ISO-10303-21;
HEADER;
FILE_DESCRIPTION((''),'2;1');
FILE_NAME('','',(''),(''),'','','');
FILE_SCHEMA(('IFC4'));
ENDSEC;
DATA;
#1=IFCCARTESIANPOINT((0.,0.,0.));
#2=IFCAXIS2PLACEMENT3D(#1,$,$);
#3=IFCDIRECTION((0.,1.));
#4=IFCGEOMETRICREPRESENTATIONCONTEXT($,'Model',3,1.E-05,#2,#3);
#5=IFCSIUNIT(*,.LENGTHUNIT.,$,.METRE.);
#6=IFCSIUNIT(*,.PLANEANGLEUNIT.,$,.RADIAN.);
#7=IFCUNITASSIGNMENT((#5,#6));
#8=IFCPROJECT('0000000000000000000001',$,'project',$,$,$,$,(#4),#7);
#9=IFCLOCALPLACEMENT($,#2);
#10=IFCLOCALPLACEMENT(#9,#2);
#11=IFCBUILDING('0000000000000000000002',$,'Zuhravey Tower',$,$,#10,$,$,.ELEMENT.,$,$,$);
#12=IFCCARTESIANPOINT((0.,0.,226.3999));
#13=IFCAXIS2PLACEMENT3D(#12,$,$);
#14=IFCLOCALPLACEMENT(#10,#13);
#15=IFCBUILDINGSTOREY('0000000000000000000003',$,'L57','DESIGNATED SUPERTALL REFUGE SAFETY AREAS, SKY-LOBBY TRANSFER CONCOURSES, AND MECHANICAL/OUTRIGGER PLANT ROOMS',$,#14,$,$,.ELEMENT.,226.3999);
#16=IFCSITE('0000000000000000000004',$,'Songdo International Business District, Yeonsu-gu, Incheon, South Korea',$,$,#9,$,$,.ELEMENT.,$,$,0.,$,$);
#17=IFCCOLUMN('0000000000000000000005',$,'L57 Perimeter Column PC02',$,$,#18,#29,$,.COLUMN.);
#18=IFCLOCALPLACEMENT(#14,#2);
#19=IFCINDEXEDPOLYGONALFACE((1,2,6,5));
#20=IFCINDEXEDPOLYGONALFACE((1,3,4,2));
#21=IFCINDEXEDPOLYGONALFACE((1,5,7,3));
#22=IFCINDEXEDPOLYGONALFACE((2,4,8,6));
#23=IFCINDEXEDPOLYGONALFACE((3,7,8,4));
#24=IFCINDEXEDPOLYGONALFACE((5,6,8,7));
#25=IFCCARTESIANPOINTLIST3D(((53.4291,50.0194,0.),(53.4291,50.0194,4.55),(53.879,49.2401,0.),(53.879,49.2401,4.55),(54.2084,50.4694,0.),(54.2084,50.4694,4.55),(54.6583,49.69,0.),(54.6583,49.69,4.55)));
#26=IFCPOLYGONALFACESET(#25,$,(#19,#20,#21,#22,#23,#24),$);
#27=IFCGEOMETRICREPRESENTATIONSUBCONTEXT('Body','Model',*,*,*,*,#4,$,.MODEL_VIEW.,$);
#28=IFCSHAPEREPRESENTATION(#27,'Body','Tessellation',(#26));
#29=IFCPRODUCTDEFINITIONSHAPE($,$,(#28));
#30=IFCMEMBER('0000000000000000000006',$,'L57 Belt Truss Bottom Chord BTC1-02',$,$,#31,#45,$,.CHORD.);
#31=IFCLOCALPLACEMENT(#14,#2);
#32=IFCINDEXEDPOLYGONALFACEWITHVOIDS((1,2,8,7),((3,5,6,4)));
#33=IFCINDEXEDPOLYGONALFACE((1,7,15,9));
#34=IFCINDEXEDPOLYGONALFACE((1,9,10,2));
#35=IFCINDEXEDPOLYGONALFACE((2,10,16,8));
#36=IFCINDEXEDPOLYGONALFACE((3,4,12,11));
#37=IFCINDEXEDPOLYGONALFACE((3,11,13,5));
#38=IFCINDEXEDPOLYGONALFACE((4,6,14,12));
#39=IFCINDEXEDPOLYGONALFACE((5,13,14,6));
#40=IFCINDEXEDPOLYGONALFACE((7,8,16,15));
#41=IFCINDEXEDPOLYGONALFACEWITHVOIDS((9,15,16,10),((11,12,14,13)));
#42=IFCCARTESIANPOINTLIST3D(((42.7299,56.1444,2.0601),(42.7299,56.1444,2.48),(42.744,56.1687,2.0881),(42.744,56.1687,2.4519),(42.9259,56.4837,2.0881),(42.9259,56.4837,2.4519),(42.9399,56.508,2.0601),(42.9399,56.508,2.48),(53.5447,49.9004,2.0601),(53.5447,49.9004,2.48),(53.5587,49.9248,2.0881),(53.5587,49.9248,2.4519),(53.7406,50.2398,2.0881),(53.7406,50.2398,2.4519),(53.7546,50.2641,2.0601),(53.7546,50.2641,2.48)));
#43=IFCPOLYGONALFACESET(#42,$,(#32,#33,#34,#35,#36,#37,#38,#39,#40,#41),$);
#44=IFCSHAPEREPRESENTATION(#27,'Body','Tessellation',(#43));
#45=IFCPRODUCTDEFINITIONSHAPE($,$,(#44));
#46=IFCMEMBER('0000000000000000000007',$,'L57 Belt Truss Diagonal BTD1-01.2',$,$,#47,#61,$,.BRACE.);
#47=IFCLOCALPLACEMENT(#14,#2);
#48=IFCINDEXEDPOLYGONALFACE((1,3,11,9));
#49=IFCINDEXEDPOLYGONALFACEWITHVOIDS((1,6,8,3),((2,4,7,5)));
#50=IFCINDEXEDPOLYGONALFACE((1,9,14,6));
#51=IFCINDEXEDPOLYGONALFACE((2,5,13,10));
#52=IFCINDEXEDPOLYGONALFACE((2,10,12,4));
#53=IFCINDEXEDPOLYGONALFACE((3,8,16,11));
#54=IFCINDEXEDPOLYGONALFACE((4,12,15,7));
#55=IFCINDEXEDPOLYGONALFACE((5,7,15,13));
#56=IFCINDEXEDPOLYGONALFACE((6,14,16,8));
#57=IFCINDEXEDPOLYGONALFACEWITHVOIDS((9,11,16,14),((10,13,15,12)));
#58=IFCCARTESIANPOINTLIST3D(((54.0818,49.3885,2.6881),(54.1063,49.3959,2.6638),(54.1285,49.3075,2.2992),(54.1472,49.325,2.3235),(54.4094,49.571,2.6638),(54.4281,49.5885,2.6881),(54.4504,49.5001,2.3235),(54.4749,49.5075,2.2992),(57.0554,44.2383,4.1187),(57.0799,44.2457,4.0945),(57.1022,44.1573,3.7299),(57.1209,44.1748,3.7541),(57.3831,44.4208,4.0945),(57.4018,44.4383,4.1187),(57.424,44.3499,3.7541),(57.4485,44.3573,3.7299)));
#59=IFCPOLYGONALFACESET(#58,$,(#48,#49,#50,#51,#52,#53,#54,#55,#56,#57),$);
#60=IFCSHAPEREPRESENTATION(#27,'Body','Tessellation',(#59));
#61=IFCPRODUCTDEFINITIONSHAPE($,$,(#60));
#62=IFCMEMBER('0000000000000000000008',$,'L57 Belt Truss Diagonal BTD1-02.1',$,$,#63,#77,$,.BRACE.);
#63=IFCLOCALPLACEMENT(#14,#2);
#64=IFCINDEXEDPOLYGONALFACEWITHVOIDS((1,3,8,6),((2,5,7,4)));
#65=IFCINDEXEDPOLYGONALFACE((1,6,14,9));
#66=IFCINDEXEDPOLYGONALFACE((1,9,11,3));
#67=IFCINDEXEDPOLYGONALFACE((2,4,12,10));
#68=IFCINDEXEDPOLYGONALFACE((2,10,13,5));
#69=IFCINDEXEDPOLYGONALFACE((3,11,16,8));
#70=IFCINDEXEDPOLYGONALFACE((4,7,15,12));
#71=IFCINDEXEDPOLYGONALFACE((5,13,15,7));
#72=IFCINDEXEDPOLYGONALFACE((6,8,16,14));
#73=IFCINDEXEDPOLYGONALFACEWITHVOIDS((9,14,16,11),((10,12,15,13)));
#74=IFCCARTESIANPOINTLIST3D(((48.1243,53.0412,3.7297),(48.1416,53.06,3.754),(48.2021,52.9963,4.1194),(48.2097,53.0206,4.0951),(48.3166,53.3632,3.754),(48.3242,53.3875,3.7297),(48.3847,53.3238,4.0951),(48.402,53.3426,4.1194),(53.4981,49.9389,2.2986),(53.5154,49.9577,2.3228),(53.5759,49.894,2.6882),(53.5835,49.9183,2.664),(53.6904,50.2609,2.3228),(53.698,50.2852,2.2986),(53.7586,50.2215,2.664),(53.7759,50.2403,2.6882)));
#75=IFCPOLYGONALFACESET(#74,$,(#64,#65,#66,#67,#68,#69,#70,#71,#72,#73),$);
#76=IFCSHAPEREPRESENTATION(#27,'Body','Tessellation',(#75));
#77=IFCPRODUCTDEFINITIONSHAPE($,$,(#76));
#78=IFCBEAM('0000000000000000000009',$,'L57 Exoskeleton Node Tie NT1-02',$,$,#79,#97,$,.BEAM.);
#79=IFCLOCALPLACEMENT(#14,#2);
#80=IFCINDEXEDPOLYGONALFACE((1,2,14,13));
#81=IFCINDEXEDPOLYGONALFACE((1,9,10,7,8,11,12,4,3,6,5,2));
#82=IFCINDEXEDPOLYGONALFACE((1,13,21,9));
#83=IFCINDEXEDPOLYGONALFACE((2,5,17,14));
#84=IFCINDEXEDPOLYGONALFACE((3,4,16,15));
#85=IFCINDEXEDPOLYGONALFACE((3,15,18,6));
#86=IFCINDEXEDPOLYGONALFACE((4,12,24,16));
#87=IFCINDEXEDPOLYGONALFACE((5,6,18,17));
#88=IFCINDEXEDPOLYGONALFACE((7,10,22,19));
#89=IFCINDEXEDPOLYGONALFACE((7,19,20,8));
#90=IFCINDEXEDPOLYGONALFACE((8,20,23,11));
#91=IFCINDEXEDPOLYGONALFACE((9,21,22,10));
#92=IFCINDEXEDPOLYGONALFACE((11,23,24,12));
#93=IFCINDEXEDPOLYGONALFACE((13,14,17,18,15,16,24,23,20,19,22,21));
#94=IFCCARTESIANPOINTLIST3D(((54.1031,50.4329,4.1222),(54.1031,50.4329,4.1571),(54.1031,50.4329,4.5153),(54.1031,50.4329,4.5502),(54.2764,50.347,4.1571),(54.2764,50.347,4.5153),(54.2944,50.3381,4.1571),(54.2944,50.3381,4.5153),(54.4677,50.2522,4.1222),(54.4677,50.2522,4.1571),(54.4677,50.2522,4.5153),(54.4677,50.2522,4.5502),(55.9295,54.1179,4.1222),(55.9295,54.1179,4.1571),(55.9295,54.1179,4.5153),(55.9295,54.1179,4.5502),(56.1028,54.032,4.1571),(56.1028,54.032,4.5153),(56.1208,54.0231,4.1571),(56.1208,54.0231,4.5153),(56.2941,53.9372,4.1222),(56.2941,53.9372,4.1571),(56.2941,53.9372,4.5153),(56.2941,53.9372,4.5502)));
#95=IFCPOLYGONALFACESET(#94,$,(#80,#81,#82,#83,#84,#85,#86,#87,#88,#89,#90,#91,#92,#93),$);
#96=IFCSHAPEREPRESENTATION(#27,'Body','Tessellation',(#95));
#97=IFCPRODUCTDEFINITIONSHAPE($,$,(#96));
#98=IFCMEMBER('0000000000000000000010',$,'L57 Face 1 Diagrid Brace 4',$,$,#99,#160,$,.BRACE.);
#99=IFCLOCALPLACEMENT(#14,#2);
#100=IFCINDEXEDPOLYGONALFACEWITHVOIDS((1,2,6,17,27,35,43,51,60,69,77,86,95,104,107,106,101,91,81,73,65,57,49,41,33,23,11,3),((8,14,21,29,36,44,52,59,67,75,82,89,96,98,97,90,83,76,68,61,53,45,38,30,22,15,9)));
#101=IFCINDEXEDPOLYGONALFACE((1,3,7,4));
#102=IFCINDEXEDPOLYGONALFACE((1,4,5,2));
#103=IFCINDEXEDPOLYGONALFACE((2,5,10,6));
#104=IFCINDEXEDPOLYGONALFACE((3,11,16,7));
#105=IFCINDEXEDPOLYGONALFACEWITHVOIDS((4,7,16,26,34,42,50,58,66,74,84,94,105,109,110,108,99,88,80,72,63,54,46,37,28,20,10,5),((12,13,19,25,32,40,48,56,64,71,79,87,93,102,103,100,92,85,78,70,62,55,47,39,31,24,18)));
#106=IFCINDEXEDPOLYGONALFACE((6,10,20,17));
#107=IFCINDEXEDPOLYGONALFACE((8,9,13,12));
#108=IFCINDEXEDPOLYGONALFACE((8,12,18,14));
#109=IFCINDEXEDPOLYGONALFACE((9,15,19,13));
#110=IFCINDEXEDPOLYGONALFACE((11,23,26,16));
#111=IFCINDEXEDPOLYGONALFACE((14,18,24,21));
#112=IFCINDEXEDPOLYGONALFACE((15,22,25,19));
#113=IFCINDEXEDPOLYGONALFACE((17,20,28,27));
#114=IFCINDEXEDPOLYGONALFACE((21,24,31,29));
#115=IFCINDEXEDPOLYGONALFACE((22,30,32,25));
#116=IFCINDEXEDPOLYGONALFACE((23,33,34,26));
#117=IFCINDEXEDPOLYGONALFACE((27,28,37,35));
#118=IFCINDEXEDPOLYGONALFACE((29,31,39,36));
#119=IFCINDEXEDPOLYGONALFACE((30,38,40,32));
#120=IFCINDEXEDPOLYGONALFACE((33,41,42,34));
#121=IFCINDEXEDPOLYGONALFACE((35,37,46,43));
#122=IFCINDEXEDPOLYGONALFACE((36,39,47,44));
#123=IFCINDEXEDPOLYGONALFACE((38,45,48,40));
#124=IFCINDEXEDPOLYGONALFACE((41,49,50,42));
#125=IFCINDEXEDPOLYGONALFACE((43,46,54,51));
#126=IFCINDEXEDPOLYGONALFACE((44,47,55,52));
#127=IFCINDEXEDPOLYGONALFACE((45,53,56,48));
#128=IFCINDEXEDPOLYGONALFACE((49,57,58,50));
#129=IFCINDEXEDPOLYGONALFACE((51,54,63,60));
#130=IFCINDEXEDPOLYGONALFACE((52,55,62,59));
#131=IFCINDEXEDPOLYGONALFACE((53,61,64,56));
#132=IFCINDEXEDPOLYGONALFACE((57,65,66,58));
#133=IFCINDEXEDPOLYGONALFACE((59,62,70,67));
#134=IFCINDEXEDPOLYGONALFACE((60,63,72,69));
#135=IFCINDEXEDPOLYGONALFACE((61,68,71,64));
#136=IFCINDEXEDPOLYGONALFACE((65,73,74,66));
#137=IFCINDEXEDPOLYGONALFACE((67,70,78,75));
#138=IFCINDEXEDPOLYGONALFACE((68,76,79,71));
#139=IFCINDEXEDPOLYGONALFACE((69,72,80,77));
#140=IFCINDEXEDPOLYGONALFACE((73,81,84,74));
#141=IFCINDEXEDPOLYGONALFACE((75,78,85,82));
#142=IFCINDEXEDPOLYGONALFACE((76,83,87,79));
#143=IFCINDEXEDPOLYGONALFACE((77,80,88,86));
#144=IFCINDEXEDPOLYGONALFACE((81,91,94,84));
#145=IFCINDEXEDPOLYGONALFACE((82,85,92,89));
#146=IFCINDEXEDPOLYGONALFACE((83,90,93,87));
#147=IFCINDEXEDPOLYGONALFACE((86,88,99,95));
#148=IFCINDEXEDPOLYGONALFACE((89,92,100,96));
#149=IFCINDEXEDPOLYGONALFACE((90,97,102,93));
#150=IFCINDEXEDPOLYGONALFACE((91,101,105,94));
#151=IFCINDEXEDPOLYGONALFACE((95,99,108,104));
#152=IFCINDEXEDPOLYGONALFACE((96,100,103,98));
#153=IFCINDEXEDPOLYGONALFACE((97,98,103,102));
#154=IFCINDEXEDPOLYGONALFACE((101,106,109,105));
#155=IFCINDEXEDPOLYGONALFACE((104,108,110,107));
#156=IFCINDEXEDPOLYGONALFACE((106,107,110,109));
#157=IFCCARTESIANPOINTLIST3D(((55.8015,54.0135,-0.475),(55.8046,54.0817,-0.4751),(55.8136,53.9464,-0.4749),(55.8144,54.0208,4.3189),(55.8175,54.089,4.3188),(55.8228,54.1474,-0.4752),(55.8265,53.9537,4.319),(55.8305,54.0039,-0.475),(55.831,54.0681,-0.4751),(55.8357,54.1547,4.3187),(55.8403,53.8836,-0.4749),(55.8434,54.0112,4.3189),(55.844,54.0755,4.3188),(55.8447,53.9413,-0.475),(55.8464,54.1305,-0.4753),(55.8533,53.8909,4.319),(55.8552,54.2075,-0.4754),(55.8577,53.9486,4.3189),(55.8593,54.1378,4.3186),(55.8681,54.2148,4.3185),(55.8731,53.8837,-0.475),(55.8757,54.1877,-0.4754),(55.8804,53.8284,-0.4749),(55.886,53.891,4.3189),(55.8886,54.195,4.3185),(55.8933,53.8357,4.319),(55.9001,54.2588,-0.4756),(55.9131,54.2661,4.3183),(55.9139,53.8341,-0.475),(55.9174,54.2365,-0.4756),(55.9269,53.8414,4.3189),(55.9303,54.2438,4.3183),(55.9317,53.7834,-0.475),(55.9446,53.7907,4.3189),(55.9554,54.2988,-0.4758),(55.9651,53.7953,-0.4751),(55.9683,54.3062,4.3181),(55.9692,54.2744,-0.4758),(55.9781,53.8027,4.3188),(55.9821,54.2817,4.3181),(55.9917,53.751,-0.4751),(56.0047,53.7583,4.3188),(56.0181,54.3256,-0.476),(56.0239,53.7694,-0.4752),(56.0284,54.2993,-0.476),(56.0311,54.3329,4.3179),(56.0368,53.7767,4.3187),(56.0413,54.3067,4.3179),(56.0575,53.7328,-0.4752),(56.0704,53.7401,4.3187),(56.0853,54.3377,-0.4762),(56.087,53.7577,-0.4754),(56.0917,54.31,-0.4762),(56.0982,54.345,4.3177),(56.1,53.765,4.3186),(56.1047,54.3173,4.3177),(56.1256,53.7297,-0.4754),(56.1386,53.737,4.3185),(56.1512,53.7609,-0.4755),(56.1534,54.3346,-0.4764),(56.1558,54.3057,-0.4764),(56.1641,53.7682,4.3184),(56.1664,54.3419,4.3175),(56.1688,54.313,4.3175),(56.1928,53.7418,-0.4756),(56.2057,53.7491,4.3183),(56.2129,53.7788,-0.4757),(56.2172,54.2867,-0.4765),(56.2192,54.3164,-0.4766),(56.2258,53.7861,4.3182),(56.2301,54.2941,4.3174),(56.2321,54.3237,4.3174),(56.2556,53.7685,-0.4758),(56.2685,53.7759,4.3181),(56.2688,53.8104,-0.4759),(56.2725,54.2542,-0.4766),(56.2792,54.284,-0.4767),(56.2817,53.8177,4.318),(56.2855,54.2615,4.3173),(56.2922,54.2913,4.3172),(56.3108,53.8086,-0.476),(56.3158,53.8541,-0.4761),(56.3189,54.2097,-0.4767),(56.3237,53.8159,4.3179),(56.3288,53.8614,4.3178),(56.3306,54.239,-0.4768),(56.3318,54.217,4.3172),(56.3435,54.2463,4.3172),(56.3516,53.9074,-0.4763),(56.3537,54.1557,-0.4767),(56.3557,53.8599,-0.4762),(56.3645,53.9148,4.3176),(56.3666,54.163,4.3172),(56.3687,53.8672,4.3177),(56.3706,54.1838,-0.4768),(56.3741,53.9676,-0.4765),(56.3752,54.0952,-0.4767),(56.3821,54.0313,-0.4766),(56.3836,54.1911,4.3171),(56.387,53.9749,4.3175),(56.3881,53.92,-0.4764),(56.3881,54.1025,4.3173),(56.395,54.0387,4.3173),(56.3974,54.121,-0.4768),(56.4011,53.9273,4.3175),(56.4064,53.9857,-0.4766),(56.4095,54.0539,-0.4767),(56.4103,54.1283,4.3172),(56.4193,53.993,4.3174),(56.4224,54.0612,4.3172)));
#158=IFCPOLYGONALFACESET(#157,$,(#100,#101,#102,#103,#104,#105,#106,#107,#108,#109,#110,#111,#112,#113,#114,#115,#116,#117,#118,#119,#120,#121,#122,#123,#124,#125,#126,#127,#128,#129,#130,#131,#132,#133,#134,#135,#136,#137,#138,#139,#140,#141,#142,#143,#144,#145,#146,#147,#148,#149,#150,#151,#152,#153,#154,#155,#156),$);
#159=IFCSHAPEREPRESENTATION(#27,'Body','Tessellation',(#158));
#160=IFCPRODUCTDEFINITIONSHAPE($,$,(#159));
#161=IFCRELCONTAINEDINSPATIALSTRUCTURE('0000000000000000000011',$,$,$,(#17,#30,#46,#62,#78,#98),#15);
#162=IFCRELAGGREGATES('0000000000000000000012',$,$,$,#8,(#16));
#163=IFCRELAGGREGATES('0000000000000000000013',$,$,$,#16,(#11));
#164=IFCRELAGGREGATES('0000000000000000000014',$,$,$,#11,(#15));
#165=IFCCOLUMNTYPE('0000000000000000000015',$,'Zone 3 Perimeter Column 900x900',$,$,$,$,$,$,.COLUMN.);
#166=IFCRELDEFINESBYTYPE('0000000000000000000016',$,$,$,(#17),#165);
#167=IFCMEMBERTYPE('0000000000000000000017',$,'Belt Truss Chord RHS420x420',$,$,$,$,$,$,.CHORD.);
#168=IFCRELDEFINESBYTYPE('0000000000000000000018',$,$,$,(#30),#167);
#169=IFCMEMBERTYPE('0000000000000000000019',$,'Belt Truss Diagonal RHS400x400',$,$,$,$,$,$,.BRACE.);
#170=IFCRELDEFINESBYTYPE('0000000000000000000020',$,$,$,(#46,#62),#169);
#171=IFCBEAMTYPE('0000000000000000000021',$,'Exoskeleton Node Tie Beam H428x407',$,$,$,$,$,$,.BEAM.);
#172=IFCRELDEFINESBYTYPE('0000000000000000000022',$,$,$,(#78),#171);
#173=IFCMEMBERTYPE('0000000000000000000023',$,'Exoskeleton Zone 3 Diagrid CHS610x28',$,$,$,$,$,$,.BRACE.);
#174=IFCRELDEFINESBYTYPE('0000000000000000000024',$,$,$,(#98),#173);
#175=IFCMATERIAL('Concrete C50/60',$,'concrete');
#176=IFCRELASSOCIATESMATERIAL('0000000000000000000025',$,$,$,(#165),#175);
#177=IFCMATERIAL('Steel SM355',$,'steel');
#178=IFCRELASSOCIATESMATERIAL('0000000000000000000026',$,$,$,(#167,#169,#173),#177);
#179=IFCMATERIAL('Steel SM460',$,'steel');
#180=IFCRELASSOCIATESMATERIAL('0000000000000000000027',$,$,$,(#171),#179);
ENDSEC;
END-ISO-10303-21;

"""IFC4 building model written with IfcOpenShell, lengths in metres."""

from ifc_helpers import new_model, si_unit, direction, frame, origin, origin_2d, place, context, subcontext, project, spatial, rectangle, hollow_rectangle, hollow_circle, i_section, extrude, material, material_profile, profile_set, type_object, element, save


model = new_model("IFC4")

# Units and contexts
model_context = context("Model", 3, precision=1e-05, world=origin(), true_north=direction((0.0, 1.0)))
body_context = subcontext(model_context, "Body", "Model", "MODEL_VIEW")
ifc_project = project(units=[si_unit("LENGTHUNIT", "METRE"), si_unit("PLANEANGLEUNIT", "RADIAN")], contexts=[model_context])

# Site, building, storey
site_placement = place(None, origin())
site = spatial("IfcSite", under=ifc_project, at=site_placement, Name="Songdo International Business District, Yeonsu-gu, Incheon, South Korea", CompositionType="ELEMENT", RefElevation=0.0)
building_placement = place(site_placement, origin())
building = spatial("IfcBuilding", under=site, at=building_placement, Name="Zuhravey Tower", CompositionType="ELEMENT")
storey_placement = place(building_placement, frame((0.0, 0.0, 226.3999)))
storey = spatial("IfcBuildingStorey", under=building, at=storey_placement, Name="L57", Description="DESIGNATED SUPERTALL REFUGE SAFETY AREAS, SKY-LOBBY TRANSFER CONCOURSES, AND MECHANICAL/OUTRIGGER PLANT ROOMS", CompositionType="ELEMENT", Elevation=226.3999)

# Column
ifc_material_1 = material(Name="Concrete C50/60", Category="concrete")
ifc_material_profile_1 = material_profile(ifc_material_1, rectangle(XDim=0.8999, YDim=0.8999, at=origin_2d()), Name="RC-900x900")
ifc_profile_set_1 = profile_set([ifc_material_profile_1], Name="Concrete C50/60")
column_type = type_object("IfcColumnType", Name="Zone 3 Perimeter Column 900x900", PredefinedType="COLUMN", material=ifc_profile_set_1)
column_placement = place(storey_placement, frame((54.0437, 49.8547, 0.0), z_axis=(0.0, 0.0, 1.0), x_axis=(-0.5, 0.866025, 0.0)))
element("IfcColumn", 1, at=column_placement, inside=storey, type_object=column_type, Name="L57 Perimeter Column PC02", PredefinedType="COLUMN", context=body_context, shape_type="SweptSolid", body=[
    extrude(rectangle(XDim=0.8999, YDim=0.8999, at=origin_2d()), origin(), (0.0, 0.0, 1.0), 4.55),
])

# Members
ifc_material_2 = material(Name="Steel SM355", Category="steel")
ifc_material_profile_2 = material_profile(ifc_material_2, hollow_rectangle(XDim=0.4199, YDim=0.4199, WallThickness=0.0281, at=origin_2d()), Name="RHS-420x420x28")
ifc_profile_set_2 = profile_set([ifc_material_profile_2], Name="Steel SM355")
member_type_1 = type_object("IfcMemberType", Name="Belt Truss Chord RHS420x420", PredefinedType="CHORD", material=ifc_profile_set_2)
member_1_placement = place(storey_placement, frame((53.6497, 50.0823, 2.27), z_axis=(-0.866024, 0.500002, 0.0), x_axis=(-0.500002, -0.866024, 0.0)))
element("IfcMember", 2, at=member_1_placement, inside=storey, type_object=member_type_1, Name="L57 Belt Truss Bottom Chord BTC1-02", PredefinedType="CHORD", context=body_context, shape_type="SweptSolid", body=[
    extrude(hollow_rectangle(XDim=0.4199, YDim=0.4199, WallThickness=0.0281, at=origin_2d()), origin(), (0.0, 0.0, 1.0), 12.4878),
])
ifc_material_profile_3 = material_profile(ifc_material_2, hollow_rectangle(XDim=0.3999, YDim=0.3999, WallThickness=0.0249, at=origin_2d()), Name="RHS-400x400x25")
ifc_profile_set_3 = profile_set([ifc_material_profile_3], Name="Steel SM355")
member_type_2 = type_object("IfcMemberType", Name="Belt Truss Diagonal RHS400x400", PredefinedType="BRACE", material=ifc_profile_set_3)
member_2_placement = place(storey_placement, frame((54.2783, 49.448, 2.4937), z_axis=(0.486155, -0.841989, 0.233897), x_axis=(0.866011, 0.500025, 0.0)))
element("IfcMember", 3, at=member_2_placement, inside=storey, type_object=member_type_2, Name="L57 Belt Truss Diagonal BTD1-01.2", PredefinedType="BRACE", context=body_context, shape_type="SweptSolid", body=[
    extrude(hollow_rectangle(XDim=0.3999, YDim=0.3999, WallThickness=0.0249, at=origin_2d()), origin(), (0.0, 0.0, 1.0), 6.1167),
])
member_3_placement = place(storey_placement, frame((53.637, 50.0896, 2.4934), z_axis=(-0.843888, 0.487178, 0.224745), x_axis=(-0.499969, -0.866043, 0.0)))
element("IfcMember", 4, at=member_3_placement, inside=storey, type_object=member_type_2, Name="L57 Belt Truss Diagonal BTD1-02.1", PredefinedType="BRACE", context=body_context, shape_type="SweptSolid", body=[
    extrude(hollow_rectangle(XDim=0.3999, YDim=0.3999, WallThickness=0.0249, at=origin_2d()), origin(), (0.0, 0.0, 1.0), 6.3679),
])

# Beam
ifc_material_3 = material(Name="Steel SM460", Category="steel")
ifc_material_profile_4 = material_profile(ifc_material_3, i_section(OverallWidth=0.407, OverallDepth=0.428, WebThickness=0.02, FlangeThickness=0.0349, at=origin_2d()), Name="H-428x407x20x35")
ifc_profile_set_4 = profile_set([ifc_material_profile_4], Name="Steel SM460")
beam_type_1 = type_object("IfcBeamType", Name="Exoskeleton Node Tie Beam H428x407", PredefinedType="BEAM", material=ifc_profile_set_4)
beam_1_placement = place(storey_placement, frame((54.2854, 50.3425, 4.3362), z_axis=(0.444077, 0.895989, 0.0), x_axis=(-0.895989, 0.444077, 0.0)))
element("IfcBeam", 5, at=beam_1_placement, inside=storey, type_object=beam_type_1, Name="L57 Exoskeleton Node Tie NT1-02", PredefinedType="BEAM", context=body_context, shape_type="SweptSolid", body=[
    extrude(i_section(OverallWidth=0.407, OverallDepth=0.428, WebThickness=0.02, FlangeThickness=0.0349, at=origin_2d()), origin(), (0.0, 0.0, 1.0), 4.1128),
])

# Member
ifc_material_profile_5 = material_profile(ifc_material_2, hollow_circle(Radius=0.3047, WallThickness=0.0281, at=origin_2d()), Name="CHS-609.6x28")
ifc_profile_set_5 = profile_set([ifc_material_profile_5], Name="Steel SM355")
member_type_3 = type_object("IfcMemberType", Name="Exoskeleton Zone 3 Diagrid CHS610x28", PredefinedType="BRACE", material=ifc_profile_set_5)
member_4_placement = place(storey_placement, frame((56.1055, 54.0337, -0.4758), z_axis=(0.002699, 0.001528, 0.999995), x_axis=(-0.492598, 0.870257, 0.0)))
element("IfcMember", 6, at=member_4_placement, inside=storey, type_object=member_type_3, Name="L57 Face 1 Diagrid Brace 4", PredefinedType="BRACE", context=body_context, shape_type="SweptSolid", body=[
    extrude(hollow_circle(Radius=0.3047, WallThickness=0.0281, at=origin_2d()), origin(), (0.0, 0.0, 1.0), 4.7939),
])

save(model, "model.ifc")
